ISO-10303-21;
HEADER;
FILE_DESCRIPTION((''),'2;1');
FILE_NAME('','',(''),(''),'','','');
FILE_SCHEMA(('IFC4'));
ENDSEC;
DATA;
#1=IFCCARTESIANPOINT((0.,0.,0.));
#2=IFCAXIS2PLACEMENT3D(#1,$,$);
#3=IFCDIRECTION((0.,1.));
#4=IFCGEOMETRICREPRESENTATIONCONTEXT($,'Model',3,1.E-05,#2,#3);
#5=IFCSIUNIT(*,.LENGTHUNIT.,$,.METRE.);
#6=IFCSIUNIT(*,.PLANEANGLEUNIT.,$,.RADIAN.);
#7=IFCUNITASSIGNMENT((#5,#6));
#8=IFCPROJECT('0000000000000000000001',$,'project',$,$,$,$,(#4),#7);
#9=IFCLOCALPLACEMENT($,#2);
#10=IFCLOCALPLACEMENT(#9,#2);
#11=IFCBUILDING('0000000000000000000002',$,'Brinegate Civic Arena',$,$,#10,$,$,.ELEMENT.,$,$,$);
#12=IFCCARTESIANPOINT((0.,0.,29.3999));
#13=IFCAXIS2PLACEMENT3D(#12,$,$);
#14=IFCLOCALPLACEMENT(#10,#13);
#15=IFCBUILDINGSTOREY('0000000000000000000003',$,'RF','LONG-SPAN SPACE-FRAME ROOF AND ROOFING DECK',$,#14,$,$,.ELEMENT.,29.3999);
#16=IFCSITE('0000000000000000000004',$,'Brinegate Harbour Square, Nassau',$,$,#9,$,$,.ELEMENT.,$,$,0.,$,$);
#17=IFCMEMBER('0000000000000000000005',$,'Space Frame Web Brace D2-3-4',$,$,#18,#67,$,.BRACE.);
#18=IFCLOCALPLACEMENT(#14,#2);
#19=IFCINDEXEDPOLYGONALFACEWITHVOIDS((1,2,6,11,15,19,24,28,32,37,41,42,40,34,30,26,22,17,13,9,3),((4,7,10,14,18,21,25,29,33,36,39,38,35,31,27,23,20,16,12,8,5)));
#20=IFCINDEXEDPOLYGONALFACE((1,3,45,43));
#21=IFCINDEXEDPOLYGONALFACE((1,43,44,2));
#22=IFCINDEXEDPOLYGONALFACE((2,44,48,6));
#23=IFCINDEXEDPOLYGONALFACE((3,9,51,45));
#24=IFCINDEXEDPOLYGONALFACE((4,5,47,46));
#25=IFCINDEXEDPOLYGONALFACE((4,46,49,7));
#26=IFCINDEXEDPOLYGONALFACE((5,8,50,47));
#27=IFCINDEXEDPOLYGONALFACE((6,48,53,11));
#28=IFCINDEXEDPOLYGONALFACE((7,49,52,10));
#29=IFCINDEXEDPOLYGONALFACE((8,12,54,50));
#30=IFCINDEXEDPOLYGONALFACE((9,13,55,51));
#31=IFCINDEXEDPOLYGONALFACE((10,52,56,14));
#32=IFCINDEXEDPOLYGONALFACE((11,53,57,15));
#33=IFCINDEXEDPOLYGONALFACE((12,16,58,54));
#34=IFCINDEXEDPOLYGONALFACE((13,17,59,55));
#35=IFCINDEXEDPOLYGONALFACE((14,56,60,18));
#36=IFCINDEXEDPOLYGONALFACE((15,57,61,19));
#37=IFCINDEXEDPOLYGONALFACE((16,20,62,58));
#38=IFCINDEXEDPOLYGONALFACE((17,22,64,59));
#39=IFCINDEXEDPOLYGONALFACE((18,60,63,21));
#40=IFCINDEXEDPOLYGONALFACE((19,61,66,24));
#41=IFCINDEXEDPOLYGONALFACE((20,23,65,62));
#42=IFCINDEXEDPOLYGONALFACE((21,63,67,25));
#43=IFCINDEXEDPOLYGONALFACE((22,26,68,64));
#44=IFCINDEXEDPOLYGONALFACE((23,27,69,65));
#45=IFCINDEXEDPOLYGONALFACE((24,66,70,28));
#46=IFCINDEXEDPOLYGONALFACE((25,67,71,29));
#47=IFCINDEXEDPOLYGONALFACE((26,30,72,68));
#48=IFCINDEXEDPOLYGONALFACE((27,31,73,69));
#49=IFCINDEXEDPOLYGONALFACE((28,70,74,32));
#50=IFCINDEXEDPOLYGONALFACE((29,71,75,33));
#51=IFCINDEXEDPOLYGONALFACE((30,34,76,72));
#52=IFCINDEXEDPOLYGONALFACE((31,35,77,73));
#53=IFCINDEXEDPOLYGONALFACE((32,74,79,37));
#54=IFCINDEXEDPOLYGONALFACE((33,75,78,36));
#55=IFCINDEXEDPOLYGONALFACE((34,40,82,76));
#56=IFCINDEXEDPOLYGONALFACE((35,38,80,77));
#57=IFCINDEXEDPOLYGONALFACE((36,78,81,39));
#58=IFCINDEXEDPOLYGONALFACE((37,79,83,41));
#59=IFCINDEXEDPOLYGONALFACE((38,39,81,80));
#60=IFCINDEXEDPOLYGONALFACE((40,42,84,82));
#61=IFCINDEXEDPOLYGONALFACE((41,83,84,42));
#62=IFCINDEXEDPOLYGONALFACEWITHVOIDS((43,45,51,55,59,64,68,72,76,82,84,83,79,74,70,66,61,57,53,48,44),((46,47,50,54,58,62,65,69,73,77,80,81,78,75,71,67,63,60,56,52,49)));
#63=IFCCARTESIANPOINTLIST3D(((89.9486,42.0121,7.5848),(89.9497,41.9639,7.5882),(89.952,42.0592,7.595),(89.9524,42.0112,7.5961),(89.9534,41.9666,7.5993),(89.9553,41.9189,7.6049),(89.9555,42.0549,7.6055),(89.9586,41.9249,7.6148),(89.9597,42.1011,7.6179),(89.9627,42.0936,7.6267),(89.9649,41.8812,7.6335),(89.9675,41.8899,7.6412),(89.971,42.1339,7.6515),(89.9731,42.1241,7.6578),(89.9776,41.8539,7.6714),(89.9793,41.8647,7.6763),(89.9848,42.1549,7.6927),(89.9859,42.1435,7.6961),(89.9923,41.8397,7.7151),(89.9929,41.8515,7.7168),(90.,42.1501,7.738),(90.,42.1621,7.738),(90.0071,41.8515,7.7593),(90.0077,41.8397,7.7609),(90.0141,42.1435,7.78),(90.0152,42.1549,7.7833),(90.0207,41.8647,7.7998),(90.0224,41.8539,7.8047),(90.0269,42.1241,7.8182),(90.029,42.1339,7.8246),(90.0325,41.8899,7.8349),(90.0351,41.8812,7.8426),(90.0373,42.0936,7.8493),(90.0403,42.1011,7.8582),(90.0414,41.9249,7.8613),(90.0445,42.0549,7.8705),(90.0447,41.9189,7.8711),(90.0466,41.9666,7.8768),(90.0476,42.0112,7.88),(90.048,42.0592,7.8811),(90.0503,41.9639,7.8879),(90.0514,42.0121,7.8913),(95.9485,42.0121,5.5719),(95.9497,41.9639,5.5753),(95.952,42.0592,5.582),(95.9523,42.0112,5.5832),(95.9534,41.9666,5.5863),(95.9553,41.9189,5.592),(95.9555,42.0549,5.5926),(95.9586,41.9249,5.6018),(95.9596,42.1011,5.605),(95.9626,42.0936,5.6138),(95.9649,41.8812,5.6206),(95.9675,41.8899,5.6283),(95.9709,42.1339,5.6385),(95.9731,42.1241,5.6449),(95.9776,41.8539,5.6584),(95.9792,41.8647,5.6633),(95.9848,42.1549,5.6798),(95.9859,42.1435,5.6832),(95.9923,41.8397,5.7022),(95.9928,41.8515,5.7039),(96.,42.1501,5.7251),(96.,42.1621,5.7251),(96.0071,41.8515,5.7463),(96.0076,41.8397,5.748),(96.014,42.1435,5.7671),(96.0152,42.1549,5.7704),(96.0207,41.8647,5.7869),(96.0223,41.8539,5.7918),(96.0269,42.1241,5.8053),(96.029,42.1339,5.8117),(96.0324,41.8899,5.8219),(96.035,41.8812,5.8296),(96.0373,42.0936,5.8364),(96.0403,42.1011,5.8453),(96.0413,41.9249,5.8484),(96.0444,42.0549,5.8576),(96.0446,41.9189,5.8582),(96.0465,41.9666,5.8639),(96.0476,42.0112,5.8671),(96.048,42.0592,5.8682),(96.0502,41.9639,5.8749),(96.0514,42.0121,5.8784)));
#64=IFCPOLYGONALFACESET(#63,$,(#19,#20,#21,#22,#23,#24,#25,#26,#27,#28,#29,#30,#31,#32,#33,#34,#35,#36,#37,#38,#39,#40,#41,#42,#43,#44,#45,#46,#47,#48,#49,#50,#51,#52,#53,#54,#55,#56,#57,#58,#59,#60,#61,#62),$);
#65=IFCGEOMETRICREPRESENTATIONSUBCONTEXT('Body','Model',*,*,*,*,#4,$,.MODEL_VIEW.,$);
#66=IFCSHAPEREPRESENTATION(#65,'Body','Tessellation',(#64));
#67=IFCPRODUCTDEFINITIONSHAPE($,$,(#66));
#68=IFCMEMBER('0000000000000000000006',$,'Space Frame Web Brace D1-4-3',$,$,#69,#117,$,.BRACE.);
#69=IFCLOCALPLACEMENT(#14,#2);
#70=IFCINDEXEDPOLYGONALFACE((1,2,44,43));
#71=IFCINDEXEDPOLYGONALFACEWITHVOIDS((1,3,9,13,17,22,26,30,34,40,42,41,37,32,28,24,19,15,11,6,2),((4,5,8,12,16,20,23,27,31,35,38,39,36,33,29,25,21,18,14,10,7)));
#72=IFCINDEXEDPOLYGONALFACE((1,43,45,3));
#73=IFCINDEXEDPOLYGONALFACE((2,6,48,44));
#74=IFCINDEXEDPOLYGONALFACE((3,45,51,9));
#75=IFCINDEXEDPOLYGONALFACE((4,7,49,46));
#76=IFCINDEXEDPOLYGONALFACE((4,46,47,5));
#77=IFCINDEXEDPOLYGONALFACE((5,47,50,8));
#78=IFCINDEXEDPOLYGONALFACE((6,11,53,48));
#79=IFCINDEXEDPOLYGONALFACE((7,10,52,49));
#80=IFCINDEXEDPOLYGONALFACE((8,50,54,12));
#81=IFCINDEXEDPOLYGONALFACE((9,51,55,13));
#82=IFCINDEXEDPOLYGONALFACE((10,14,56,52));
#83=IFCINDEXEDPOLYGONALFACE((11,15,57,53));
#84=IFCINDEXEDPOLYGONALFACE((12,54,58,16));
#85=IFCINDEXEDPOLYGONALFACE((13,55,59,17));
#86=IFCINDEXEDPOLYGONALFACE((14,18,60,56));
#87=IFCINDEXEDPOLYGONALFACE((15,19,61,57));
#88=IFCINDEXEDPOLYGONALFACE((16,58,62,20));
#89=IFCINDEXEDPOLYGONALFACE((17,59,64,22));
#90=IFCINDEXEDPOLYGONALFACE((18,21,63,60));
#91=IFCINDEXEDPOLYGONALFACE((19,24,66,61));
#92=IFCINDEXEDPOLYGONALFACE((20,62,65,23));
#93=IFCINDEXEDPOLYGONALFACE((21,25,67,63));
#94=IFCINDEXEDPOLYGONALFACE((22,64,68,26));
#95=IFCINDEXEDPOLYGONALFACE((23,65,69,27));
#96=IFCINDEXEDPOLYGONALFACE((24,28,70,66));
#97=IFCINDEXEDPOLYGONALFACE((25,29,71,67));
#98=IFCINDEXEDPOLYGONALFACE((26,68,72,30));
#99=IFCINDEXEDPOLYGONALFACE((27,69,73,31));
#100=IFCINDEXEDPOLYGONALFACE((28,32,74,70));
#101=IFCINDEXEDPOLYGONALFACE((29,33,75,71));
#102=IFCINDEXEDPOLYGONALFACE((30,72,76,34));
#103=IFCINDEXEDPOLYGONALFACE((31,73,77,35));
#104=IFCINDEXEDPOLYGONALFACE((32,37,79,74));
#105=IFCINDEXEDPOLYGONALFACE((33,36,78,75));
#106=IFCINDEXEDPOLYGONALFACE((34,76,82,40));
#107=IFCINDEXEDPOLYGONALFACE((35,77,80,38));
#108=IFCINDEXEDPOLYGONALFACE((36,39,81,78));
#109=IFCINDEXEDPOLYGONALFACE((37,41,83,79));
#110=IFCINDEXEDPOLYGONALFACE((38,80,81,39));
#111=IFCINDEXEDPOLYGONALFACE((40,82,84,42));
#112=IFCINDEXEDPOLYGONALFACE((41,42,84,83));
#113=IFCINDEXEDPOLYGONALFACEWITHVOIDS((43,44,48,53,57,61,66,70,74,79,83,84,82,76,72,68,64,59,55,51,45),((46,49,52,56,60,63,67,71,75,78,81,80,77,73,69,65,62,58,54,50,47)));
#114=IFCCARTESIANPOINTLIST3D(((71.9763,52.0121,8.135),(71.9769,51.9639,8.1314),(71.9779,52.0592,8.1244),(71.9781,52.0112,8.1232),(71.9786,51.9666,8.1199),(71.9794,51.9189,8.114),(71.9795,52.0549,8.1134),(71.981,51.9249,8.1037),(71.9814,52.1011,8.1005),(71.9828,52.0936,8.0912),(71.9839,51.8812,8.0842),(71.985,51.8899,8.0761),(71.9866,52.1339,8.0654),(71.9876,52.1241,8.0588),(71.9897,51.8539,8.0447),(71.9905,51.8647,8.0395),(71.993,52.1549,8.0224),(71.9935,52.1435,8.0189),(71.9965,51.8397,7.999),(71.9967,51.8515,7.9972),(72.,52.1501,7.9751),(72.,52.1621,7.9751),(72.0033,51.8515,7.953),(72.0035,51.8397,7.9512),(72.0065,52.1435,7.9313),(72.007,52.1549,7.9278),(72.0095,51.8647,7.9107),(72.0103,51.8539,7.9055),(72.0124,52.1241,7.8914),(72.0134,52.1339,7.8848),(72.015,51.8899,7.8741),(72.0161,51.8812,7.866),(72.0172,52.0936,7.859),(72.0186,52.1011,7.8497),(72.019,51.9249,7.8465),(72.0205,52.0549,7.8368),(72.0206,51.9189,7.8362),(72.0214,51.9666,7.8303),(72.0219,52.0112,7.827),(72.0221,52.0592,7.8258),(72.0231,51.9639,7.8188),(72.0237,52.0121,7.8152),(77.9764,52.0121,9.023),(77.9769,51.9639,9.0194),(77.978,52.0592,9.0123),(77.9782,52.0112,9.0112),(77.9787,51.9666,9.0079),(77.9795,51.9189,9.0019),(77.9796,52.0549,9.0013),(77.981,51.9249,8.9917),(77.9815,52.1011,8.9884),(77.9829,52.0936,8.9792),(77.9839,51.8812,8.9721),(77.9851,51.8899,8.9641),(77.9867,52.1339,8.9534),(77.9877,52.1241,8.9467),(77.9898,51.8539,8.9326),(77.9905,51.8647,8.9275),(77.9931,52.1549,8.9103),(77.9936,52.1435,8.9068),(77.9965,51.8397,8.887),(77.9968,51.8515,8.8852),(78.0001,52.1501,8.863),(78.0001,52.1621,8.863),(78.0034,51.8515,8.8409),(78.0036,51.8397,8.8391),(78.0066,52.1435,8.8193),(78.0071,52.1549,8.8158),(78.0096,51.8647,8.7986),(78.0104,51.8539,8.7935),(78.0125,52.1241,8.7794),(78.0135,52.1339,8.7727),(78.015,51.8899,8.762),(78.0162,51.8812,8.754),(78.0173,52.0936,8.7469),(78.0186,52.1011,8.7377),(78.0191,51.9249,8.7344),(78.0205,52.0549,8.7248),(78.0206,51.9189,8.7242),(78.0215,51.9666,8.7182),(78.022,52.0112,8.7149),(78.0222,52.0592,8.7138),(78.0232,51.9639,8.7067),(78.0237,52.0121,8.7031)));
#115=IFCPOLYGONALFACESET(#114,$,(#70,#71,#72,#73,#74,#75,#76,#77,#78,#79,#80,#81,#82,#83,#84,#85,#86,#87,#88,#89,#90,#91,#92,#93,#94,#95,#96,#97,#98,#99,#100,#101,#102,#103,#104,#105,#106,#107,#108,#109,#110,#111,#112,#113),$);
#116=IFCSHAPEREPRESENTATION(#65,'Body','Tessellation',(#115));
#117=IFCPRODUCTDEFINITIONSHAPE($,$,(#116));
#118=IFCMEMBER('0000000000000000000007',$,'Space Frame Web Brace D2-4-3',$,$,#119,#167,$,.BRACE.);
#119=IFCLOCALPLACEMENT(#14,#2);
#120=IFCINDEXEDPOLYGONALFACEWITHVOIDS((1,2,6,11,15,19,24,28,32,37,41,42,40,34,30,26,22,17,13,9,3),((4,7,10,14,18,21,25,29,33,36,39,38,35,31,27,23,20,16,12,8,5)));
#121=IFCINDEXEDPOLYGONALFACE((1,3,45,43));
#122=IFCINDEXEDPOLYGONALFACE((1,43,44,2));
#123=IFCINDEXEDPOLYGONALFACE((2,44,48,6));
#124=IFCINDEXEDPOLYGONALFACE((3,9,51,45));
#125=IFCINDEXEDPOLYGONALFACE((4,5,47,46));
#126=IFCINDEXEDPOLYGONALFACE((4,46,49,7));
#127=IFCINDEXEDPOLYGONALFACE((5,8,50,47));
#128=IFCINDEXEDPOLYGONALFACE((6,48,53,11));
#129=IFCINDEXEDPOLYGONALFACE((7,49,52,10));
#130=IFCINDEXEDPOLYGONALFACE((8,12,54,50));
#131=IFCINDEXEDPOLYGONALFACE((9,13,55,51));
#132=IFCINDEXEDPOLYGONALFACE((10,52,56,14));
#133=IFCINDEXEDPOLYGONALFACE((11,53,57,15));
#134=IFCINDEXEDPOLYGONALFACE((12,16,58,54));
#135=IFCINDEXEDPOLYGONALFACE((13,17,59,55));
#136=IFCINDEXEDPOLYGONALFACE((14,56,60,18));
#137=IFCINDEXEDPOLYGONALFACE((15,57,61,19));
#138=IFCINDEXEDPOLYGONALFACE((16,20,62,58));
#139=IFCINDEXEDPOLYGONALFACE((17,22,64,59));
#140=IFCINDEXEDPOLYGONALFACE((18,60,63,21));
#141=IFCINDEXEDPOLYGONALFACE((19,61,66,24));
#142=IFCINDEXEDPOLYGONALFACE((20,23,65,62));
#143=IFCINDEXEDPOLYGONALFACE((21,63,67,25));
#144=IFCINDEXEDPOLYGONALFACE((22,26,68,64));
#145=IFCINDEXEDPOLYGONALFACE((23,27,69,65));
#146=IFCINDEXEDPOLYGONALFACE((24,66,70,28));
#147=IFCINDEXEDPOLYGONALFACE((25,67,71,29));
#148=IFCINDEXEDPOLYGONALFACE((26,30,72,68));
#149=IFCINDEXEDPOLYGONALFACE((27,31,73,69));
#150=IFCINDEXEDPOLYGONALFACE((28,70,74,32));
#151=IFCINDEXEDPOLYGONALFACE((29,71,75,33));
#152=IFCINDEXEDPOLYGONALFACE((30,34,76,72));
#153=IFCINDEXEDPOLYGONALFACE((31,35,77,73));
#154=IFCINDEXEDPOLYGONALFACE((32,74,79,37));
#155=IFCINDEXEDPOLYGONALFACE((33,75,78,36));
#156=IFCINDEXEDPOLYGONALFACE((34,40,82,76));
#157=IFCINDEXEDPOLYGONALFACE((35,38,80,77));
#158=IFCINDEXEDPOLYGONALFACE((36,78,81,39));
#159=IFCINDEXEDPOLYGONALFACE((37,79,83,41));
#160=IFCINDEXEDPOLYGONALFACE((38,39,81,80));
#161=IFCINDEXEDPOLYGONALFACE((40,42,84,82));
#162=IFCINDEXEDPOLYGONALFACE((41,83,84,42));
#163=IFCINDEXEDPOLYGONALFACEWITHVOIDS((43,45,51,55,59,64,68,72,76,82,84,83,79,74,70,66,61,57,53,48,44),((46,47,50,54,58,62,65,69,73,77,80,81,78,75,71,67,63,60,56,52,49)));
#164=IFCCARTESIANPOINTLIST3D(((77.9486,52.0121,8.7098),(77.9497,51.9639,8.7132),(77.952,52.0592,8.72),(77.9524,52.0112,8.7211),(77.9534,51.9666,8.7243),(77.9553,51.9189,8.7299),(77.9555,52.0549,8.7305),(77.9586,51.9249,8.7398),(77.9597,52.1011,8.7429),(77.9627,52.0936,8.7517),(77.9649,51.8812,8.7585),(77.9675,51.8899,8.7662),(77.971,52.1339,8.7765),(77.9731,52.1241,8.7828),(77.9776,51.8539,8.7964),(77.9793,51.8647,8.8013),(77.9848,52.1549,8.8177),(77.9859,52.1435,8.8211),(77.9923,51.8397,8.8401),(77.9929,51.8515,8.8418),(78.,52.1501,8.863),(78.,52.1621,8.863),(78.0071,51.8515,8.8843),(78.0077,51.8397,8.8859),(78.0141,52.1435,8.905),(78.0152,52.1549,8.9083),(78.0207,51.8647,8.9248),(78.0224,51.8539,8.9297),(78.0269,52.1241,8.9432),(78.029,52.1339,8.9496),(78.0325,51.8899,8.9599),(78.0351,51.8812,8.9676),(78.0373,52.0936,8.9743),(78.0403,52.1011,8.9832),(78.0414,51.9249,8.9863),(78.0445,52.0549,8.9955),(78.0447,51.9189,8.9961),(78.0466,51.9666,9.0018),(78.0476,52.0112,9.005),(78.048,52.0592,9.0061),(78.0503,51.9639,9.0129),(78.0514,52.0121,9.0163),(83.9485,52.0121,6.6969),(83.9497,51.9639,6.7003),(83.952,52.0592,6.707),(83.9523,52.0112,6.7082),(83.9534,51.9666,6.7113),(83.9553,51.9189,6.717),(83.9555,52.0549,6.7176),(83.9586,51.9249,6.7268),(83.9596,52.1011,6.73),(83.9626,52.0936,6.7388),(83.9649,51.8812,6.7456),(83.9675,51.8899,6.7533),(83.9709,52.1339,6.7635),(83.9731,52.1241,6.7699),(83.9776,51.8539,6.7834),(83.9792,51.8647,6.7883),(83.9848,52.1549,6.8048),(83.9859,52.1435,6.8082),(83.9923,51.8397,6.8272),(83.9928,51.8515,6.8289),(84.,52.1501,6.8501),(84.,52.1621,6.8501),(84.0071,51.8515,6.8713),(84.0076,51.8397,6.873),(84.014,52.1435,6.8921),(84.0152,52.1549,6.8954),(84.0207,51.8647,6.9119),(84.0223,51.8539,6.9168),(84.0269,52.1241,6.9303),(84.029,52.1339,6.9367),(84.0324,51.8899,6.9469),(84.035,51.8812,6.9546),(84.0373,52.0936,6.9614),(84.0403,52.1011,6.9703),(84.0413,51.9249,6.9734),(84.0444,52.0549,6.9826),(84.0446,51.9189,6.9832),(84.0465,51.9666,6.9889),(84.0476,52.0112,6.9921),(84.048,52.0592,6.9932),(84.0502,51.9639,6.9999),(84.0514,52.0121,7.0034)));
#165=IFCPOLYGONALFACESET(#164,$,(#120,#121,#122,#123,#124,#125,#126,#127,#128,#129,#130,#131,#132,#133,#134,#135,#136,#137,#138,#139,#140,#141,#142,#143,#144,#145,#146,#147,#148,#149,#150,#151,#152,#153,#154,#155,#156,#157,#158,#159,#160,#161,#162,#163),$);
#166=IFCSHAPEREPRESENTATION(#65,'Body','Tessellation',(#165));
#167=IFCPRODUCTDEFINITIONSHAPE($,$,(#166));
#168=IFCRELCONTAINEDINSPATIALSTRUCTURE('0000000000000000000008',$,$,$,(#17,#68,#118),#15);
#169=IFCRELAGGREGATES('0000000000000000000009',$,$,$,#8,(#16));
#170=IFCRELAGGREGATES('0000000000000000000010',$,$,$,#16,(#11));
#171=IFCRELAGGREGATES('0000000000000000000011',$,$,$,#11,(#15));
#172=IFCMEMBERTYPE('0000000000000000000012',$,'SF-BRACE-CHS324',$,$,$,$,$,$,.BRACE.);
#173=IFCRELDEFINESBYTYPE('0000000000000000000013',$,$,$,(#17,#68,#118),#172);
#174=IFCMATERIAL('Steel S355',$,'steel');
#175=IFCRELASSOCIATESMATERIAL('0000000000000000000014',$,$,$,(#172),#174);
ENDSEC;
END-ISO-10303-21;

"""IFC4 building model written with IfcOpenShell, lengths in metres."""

from ifc_helpers import new_model, si_unit, direction, frame, origin, origin_2d, place, context, subcontext, project, spatial, hollow_circle, extrude, material, material_profile, profile_set, type_object, element, save


model = new_model("IFC4")

# Units and contexts
model_context = context("Model", 3, precision=1e-05, world=origin(), true_north=direction((0.0, 1.0)))
body_context = subcontext(model_context, "Body", "Model", "MODEL_VIEW")
ifc_project = project(units=[si_unit("LENGTHUNIT", "METRE"), si_unit("PLANEANGLEUNIT", "RADIAN")], contexts=[model_context])

# Site, building, storey
site_placement = place(None, origin())
site = spatial("IfcSite", under=ifc_project, at=site_placement, Name="Brinegate Harbour Square, Nassau", CompositionType="ELEMENT", RefElevation=0.0)
building_placement = place(site_placement, origin())
building = spatial("IfcBuilding", under=site, at=building_placement, Name="Brinegate Civic Arena", CompositionType="ELEMENT")
storey_placement = place(building_placement, frame((0.0, 0.0, 29.3999)))
storey = spatial("IfcBuildingStorey", under=building, at=storey_placement, Name="RF", Description="LONG-SPAN SPACE-FRAME ROOF AND ROOFING DECK", CompositionType="ELEMENT", Elevation=29.3999)

# Members
ifc_material = material(Name="Steel S355", Category="steel")
ifc_material_profile_1 = material_profile(ifc_material, hollow_circle(Radius=0.1621, WallThickness=0.012, at=origin_2d()), Name="CHS324X12")
ifc_profile_set_1 = profile_set([ifc_material_profile_1], Name="Steel S355")
member_type_1 = type_object("IfcMemberType", Name="SF-BRACE-CHS324", PredefinedType="BRACE", material=ifc_profile_set_1)
member_1_placement = place(storey_placement, frame((90.0, 42.0, 7.738), z_axis=(0.948068, 0.0, -0.318067), x_axis=(0.0, 1.0, 0.0)))
element("IfcMember", 1, at=member_1_placement, inside=storey, type_object=member_type_1, Name="Space Frame Web Brace D2-3-4", PredefinedType="BRACE", context=body_context, shape_type="SweptSolid", body=[
    extrude(hollow_circle(Radius=0.1621, WallThickness=0.012, at=origin_2d()), origin(), (0.0, 0.0, 1.0), 6.3286),
])
member_2_placement = place(storey_placement, frame((72.0, 52.0, 7.9751), z_axis=(0.989226, 0.0, 0.146395), x_axis=(0.0, 1.0, 0.0)))
element("IfcMember", 2, at=member_2_placement, inside=storey, type_object=member_type_1, Name="Space Frame Web Brace D1-4-3", PredefinedType="BRACE", context=body_context, shape_type="SweptSolid", body=[
    extrude(hollow_circle(Radius=0.1621, WallThickness=0.012, at=origin_2d()), origin(), (0.0, 0.0, 1.0), 6.0654),
])
member_3_placement = place(storey_placement, frame((78.0, 52.0, 8.863), z_axis=(0.948068, 0.0, -0.318067), x_axis=(0.0, 1.0, 0.0)))
element("IfcMember", 3, at=member_3_placement, inside=storey, type_object=member_type_1, Name="Space Frame Web Brace D2-4-3", PredefinedType="BRACE", context=body_context, shape_type="SweptSolid", body=[
    extrude(hollow_circle(Radius=0.1621, WallThickness=0.012, at=origin_2d()), origin(), (0.0, 0.0, 1.0), 6.3286),
])

save(model, "model.ifc")
